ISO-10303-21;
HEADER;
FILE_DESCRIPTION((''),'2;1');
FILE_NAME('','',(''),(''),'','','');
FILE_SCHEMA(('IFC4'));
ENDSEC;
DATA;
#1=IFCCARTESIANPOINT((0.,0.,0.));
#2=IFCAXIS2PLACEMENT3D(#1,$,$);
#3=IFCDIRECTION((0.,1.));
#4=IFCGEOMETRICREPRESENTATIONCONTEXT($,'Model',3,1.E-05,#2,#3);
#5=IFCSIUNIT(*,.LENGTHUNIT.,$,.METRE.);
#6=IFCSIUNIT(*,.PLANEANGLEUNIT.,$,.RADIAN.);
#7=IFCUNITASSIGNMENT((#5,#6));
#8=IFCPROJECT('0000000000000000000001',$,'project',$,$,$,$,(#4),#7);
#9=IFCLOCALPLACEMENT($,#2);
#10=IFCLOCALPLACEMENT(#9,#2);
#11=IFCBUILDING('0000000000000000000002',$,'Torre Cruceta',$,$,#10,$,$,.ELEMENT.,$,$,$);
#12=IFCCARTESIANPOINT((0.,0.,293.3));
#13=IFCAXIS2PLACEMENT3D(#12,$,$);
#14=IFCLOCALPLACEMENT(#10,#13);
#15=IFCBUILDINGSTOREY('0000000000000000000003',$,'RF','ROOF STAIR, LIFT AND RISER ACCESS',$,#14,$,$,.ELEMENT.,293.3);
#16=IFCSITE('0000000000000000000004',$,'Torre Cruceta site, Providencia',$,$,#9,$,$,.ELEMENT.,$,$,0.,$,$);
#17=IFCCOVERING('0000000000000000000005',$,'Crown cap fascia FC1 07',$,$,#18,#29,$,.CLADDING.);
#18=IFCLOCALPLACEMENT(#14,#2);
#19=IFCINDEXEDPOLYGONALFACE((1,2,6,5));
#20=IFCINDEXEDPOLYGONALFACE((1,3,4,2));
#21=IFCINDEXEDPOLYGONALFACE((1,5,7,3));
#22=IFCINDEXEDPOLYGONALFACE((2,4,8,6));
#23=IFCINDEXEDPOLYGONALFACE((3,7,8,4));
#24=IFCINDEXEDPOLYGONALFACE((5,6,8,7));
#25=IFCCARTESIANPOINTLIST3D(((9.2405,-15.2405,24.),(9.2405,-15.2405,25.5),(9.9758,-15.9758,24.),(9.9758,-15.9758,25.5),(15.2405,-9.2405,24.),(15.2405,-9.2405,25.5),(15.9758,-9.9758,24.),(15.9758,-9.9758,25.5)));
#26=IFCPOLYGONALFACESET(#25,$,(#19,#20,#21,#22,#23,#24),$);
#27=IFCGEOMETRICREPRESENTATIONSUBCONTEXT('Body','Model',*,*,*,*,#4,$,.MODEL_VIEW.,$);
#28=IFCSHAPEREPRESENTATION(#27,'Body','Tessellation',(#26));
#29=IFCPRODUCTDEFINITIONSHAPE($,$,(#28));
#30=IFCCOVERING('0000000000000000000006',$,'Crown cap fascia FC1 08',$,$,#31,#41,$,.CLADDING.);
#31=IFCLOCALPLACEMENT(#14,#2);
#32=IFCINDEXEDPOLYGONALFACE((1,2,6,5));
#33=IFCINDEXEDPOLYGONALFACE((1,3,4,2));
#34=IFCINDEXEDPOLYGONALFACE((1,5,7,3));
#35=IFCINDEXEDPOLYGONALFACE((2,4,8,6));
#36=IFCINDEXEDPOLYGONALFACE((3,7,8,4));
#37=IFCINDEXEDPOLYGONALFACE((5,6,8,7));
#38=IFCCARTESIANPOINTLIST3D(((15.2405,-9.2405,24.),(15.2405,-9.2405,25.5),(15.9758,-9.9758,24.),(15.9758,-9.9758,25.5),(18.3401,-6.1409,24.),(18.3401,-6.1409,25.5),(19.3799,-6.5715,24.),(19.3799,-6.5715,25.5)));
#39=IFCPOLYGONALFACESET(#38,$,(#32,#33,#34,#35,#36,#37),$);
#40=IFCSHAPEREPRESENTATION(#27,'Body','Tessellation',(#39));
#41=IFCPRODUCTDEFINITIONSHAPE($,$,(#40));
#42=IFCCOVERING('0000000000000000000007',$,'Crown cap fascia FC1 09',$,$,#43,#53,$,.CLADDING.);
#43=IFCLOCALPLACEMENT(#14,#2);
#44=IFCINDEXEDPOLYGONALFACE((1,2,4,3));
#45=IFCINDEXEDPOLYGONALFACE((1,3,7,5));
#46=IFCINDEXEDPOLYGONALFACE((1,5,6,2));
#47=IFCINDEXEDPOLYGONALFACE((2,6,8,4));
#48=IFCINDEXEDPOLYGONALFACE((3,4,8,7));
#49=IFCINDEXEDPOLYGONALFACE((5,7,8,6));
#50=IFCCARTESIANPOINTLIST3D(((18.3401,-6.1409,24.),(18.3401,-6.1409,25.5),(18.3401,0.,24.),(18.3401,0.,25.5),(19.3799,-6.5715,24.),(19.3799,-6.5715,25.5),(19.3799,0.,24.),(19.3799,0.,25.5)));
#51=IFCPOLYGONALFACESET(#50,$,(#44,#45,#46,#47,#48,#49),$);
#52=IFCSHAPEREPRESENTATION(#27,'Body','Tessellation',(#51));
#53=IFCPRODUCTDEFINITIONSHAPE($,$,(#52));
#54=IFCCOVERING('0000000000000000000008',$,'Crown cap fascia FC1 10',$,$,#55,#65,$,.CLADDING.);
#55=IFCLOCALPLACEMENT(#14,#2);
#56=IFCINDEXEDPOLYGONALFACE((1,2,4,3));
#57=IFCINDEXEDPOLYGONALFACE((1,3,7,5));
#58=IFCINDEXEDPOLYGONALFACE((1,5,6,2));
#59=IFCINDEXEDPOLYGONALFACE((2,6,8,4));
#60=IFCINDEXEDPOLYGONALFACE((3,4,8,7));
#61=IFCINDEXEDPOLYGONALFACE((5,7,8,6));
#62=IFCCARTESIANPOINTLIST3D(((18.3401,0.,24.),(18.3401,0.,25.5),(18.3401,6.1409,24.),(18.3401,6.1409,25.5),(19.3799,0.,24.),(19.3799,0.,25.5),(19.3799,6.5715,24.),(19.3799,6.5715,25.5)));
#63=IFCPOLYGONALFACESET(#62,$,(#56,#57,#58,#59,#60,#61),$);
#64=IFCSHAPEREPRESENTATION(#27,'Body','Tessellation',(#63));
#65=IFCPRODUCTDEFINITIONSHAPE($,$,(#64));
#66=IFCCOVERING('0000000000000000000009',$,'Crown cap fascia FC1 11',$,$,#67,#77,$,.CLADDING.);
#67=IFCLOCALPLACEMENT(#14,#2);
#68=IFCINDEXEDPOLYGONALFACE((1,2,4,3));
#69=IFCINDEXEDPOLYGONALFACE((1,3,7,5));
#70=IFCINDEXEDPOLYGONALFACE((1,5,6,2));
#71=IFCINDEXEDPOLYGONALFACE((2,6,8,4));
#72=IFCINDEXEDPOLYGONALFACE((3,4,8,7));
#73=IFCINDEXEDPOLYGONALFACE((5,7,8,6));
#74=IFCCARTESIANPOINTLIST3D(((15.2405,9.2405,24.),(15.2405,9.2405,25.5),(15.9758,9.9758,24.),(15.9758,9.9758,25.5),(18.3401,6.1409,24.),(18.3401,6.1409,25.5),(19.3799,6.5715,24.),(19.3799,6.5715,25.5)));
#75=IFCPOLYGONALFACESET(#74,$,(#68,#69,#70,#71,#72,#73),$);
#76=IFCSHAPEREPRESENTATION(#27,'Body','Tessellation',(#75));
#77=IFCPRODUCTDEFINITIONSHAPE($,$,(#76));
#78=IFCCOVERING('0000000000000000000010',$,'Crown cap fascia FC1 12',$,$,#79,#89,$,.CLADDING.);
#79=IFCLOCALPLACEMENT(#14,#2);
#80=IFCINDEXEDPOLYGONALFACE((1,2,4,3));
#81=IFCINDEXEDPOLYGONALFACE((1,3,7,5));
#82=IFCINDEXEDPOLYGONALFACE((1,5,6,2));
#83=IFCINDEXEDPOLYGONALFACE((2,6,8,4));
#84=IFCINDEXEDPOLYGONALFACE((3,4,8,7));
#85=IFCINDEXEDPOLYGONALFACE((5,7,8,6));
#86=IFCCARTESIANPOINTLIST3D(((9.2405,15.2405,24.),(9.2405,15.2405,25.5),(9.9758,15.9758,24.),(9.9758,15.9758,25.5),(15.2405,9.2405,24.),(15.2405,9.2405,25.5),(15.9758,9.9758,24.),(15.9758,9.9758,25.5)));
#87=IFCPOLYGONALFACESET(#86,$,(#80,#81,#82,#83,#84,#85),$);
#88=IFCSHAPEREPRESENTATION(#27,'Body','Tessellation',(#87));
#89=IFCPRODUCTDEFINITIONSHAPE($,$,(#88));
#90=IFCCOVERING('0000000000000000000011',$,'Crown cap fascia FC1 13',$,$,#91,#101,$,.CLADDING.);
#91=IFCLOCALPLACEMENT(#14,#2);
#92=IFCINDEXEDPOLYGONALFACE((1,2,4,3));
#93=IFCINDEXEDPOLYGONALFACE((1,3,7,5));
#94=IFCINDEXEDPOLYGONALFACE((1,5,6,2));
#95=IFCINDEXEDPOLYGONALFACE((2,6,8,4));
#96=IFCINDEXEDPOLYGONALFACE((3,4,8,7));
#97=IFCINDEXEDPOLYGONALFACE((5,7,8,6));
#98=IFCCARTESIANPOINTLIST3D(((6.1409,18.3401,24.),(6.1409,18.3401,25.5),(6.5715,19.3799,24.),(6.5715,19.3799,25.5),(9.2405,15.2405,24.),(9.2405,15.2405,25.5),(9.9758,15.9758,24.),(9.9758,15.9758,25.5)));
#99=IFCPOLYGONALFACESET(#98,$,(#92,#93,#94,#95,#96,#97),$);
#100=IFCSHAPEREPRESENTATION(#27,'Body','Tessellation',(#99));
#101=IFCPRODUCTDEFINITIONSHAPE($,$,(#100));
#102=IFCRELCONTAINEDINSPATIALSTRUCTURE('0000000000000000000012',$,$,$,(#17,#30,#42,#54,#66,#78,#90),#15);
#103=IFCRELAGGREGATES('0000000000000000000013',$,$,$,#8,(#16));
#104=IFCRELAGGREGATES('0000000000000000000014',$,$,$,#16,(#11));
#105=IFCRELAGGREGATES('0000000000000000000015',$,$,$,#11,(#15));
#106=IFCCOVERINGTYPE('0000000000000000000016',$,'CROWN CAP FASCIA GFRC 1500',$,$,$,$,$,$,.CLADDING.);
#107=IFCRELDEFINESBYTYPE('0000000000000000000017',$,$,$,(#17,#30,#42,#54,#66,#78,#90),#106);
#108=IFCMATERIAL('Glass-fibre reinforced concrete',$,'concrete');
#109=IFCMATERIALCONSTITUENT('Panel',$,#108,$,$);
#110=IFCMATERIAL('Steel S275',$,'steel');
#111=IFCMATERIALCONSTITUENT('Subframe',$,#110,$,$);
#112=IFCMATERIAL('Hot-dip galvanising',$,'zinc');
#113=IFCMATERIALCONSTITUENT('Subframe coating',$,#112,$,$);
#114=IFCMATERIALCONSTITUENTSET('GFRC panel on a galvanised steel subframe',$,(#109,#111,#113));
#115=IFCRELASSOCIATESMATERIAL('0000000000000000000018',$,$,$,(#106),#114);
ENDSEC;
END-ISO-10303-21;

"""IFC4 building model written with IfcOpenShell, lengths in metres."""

from ifc_helpers import new_model, si_unit, direction, frame, origin, place, context, subcontext, project, spatial, polyline, outline, extrude, material, constituent, constituent_set, type_object, element, save


model = new_model("IFC4")

# Units and contexts
model_context = context("Model", 3, precision=1e-05, world=origin(), true_north=direction((0.0, 1.0)))
body_context = subcontext(model_context, "Body", "Model", "MODEL_VIEW")
ifc_project = project(units=[si_unit("LENGTHUNIT", "METRE"), si_unit("PLANEANGLEUNIT", "RADIAN")], contexts=[model_context])

# Site, building, storey
site_placement = place(None, origin())
site = spatial("IfcSite", under=ifc_project, at=site_placement, Name="Torre Cruceta site, Providencia", CompositionType="ELEMENT", RefElevation=0.0)
building_placement = place(site_placement, origin())
building = spatial("IfcBuilding", under=site, at=building_placement, Name="Torre Cruceta", CompositionType="ELEMENT")
storey_placement = place(building_placement, frame((0.0, 0.0, 293.3)))
storey = spatial("IfcBuildingStorey", under=building, at=storey_placement, Name="RF", Description="ROOF STAIR, LIFT AND RISER ACCESS", CompositionType="ELEMENT", Elevation=293.3)

# Coverings
ifc_material_1 = material(Name="Glass-fibre reinforced concrete", Category="concrete")
ifc_constituent_1 = constituent(ifc_material_1, Name="Panel")
ifc_material_2 = material(Name="Steel S275", Category="steel")
ifc_constituent_2 = constituent(ifc_material_2, Name="Subframe")
ifc_material_3 = material(Name="Hot-dip galvanising", Category="zinc")
ifc_constituent_3 = constituent(ifc_material_3, Name="Subframe coating")
ifc_constituent_set = constituent_set(constituents=[ifc_constituent_1, ifc_constituent_2, ifc_constituent_3], Name="GFRC panel on a galvanised steel subframe")
covering_type = type_object("IfcCoveringType", Name="CROWN CAP FASCIA GFRC 1500", PredefinedType="CLADDING", material=ifc_constituent_set)
covering_1_placement = place(storey_placement, frame((0.0, 0.0, 24.0)))
element("IfcCovering", 1, at=covering_1_placement, inside=storey, type_object=covering_type, Name="Crown cap fascia FC1 07", PredefinedType="CLADDING", context=body_context, shape_type="SweptSolid", body=[
    extrude(outline(polyline([(9.9758, -15.9758), (15.9758, -9.9758), (15.2405, -9.2405), (9.2405, -15.2405), (9.9758, -15.9758)])), origin(), (0.0, 0.0, 1.0), 1.5),
])
covering_2_placement = place(storey_placement, frame((0.0, 0.0, 24.0)))
element("IfcCovering", 2, at=covering_2_placement, inside=storey, type_object=covering_type, Name="Crown cap fascia FC1 08", PredefinedType="CLADDING", context=body_context, shape_type="SweptSolid", body=[
    extrude(outline(polyline([(15.9758, -9.9758), (19.3799, -6.5715), (18.3401, -6.1409), (15.2405, -9.2405), (15.9758, -9.9758)])), origin(), (0.0, 0.0, 1.0), 1.5),
])
covering_3_placement = place(storey_placement, frame((0.0, 0.0, 24.0)))
element("IfcCovering", 3, at=covering_3_placement, inside=storey, type_object=covering_type, Name="Crown cap fascia FC1 09", PredefinedType="CLADDING", context=body_context, shape_type="SweptSolid", body=[
    extrude(outline(polyline([(19.3799, -6.5715), (19.3799, 0.0), (18.3401, 0.0), (18.3401, -6.1409), (19.3799, -6.5715)])), origin(), (0.0, 0.0, 1.0), 1.5),
])
covering_4_placement = place(storey_placement, frame((0.0, 0.0, 24.0)))
element("IfcCovering", 4, at=covering_4_placement, inside=storey, type_object=covering_type, Name="Crown cap fascia FC1 10", PredefinedType="CLADDING", context=body_context, shape_type="SweptSolid", body=[
    extrude(outline(polyline([(19.3799, 0.0), (19.3799, 6.5715), (18.3401, 6.1409), (18.3401, 0.0), (19.3799, 0.0)])), origin(), (0.0, 0.0, 1.0), 1.5),
])
covering_5_placement = place(storey_placement, frame((0.0, 0.0, 24.0)))
element("IfcCovering", 5, at=covering_5_placement, inside=storey, type_object=covering_type, Name="Crown cap fascia FC1 11", PredefinedType="CLADDING", context=body_context, shape_type="SweptSolid", body=[
    extrude(outline(polyline([(19.3799, 6.5715), (15.9758, 9.9758), (15.2405, 9.2405), (18.3401, 6.1409), (19.3799, 6.5715)])), origin(), (0.0, 0.0, 1.0), 1.5),
])
covering_6_placement = place(storey_placement, frame((0.0, 0.0, 24.0)))
element("IfcCovering", 6, at=covering_6_placement, inside=storey, type_object=covering_type, Name="Crown cap fascia FC1 12", PredefinedType="CLADDING", context=body_context, shape_type="SweptSolid", body=[
    extrude(outline(polyline([(15.9758, 9.9758), (9.9758, 15.9758), (9.2405, 15.2405), (15.2405, 9.2405), (15.9758, 9.9758)])), origin(), (0.0, 0.0, 1.0), 1.5),
])
covering_7_placement = place(storey_placement, frame((0.0, 0.0, 24.0)))
element("IfcCovering", 7, at=covering_7_placement, inside=storey, type_object=covering_type, Name="Crown cap fascia FC1 13", PredefinedType="CLADDING", context=body_context, shape_type="SweptSolid", body=[
    extrude(outline(polyline([(9.9758, 15.9758), (6.5715, 19.3799), (6.1409, 18.3401), (9.2405, 15.2405), (9.9758, 15.9758)])), origin(), (0.0, 0.0, 1.0), 1.5),
])

save(model, "model.ifc")
